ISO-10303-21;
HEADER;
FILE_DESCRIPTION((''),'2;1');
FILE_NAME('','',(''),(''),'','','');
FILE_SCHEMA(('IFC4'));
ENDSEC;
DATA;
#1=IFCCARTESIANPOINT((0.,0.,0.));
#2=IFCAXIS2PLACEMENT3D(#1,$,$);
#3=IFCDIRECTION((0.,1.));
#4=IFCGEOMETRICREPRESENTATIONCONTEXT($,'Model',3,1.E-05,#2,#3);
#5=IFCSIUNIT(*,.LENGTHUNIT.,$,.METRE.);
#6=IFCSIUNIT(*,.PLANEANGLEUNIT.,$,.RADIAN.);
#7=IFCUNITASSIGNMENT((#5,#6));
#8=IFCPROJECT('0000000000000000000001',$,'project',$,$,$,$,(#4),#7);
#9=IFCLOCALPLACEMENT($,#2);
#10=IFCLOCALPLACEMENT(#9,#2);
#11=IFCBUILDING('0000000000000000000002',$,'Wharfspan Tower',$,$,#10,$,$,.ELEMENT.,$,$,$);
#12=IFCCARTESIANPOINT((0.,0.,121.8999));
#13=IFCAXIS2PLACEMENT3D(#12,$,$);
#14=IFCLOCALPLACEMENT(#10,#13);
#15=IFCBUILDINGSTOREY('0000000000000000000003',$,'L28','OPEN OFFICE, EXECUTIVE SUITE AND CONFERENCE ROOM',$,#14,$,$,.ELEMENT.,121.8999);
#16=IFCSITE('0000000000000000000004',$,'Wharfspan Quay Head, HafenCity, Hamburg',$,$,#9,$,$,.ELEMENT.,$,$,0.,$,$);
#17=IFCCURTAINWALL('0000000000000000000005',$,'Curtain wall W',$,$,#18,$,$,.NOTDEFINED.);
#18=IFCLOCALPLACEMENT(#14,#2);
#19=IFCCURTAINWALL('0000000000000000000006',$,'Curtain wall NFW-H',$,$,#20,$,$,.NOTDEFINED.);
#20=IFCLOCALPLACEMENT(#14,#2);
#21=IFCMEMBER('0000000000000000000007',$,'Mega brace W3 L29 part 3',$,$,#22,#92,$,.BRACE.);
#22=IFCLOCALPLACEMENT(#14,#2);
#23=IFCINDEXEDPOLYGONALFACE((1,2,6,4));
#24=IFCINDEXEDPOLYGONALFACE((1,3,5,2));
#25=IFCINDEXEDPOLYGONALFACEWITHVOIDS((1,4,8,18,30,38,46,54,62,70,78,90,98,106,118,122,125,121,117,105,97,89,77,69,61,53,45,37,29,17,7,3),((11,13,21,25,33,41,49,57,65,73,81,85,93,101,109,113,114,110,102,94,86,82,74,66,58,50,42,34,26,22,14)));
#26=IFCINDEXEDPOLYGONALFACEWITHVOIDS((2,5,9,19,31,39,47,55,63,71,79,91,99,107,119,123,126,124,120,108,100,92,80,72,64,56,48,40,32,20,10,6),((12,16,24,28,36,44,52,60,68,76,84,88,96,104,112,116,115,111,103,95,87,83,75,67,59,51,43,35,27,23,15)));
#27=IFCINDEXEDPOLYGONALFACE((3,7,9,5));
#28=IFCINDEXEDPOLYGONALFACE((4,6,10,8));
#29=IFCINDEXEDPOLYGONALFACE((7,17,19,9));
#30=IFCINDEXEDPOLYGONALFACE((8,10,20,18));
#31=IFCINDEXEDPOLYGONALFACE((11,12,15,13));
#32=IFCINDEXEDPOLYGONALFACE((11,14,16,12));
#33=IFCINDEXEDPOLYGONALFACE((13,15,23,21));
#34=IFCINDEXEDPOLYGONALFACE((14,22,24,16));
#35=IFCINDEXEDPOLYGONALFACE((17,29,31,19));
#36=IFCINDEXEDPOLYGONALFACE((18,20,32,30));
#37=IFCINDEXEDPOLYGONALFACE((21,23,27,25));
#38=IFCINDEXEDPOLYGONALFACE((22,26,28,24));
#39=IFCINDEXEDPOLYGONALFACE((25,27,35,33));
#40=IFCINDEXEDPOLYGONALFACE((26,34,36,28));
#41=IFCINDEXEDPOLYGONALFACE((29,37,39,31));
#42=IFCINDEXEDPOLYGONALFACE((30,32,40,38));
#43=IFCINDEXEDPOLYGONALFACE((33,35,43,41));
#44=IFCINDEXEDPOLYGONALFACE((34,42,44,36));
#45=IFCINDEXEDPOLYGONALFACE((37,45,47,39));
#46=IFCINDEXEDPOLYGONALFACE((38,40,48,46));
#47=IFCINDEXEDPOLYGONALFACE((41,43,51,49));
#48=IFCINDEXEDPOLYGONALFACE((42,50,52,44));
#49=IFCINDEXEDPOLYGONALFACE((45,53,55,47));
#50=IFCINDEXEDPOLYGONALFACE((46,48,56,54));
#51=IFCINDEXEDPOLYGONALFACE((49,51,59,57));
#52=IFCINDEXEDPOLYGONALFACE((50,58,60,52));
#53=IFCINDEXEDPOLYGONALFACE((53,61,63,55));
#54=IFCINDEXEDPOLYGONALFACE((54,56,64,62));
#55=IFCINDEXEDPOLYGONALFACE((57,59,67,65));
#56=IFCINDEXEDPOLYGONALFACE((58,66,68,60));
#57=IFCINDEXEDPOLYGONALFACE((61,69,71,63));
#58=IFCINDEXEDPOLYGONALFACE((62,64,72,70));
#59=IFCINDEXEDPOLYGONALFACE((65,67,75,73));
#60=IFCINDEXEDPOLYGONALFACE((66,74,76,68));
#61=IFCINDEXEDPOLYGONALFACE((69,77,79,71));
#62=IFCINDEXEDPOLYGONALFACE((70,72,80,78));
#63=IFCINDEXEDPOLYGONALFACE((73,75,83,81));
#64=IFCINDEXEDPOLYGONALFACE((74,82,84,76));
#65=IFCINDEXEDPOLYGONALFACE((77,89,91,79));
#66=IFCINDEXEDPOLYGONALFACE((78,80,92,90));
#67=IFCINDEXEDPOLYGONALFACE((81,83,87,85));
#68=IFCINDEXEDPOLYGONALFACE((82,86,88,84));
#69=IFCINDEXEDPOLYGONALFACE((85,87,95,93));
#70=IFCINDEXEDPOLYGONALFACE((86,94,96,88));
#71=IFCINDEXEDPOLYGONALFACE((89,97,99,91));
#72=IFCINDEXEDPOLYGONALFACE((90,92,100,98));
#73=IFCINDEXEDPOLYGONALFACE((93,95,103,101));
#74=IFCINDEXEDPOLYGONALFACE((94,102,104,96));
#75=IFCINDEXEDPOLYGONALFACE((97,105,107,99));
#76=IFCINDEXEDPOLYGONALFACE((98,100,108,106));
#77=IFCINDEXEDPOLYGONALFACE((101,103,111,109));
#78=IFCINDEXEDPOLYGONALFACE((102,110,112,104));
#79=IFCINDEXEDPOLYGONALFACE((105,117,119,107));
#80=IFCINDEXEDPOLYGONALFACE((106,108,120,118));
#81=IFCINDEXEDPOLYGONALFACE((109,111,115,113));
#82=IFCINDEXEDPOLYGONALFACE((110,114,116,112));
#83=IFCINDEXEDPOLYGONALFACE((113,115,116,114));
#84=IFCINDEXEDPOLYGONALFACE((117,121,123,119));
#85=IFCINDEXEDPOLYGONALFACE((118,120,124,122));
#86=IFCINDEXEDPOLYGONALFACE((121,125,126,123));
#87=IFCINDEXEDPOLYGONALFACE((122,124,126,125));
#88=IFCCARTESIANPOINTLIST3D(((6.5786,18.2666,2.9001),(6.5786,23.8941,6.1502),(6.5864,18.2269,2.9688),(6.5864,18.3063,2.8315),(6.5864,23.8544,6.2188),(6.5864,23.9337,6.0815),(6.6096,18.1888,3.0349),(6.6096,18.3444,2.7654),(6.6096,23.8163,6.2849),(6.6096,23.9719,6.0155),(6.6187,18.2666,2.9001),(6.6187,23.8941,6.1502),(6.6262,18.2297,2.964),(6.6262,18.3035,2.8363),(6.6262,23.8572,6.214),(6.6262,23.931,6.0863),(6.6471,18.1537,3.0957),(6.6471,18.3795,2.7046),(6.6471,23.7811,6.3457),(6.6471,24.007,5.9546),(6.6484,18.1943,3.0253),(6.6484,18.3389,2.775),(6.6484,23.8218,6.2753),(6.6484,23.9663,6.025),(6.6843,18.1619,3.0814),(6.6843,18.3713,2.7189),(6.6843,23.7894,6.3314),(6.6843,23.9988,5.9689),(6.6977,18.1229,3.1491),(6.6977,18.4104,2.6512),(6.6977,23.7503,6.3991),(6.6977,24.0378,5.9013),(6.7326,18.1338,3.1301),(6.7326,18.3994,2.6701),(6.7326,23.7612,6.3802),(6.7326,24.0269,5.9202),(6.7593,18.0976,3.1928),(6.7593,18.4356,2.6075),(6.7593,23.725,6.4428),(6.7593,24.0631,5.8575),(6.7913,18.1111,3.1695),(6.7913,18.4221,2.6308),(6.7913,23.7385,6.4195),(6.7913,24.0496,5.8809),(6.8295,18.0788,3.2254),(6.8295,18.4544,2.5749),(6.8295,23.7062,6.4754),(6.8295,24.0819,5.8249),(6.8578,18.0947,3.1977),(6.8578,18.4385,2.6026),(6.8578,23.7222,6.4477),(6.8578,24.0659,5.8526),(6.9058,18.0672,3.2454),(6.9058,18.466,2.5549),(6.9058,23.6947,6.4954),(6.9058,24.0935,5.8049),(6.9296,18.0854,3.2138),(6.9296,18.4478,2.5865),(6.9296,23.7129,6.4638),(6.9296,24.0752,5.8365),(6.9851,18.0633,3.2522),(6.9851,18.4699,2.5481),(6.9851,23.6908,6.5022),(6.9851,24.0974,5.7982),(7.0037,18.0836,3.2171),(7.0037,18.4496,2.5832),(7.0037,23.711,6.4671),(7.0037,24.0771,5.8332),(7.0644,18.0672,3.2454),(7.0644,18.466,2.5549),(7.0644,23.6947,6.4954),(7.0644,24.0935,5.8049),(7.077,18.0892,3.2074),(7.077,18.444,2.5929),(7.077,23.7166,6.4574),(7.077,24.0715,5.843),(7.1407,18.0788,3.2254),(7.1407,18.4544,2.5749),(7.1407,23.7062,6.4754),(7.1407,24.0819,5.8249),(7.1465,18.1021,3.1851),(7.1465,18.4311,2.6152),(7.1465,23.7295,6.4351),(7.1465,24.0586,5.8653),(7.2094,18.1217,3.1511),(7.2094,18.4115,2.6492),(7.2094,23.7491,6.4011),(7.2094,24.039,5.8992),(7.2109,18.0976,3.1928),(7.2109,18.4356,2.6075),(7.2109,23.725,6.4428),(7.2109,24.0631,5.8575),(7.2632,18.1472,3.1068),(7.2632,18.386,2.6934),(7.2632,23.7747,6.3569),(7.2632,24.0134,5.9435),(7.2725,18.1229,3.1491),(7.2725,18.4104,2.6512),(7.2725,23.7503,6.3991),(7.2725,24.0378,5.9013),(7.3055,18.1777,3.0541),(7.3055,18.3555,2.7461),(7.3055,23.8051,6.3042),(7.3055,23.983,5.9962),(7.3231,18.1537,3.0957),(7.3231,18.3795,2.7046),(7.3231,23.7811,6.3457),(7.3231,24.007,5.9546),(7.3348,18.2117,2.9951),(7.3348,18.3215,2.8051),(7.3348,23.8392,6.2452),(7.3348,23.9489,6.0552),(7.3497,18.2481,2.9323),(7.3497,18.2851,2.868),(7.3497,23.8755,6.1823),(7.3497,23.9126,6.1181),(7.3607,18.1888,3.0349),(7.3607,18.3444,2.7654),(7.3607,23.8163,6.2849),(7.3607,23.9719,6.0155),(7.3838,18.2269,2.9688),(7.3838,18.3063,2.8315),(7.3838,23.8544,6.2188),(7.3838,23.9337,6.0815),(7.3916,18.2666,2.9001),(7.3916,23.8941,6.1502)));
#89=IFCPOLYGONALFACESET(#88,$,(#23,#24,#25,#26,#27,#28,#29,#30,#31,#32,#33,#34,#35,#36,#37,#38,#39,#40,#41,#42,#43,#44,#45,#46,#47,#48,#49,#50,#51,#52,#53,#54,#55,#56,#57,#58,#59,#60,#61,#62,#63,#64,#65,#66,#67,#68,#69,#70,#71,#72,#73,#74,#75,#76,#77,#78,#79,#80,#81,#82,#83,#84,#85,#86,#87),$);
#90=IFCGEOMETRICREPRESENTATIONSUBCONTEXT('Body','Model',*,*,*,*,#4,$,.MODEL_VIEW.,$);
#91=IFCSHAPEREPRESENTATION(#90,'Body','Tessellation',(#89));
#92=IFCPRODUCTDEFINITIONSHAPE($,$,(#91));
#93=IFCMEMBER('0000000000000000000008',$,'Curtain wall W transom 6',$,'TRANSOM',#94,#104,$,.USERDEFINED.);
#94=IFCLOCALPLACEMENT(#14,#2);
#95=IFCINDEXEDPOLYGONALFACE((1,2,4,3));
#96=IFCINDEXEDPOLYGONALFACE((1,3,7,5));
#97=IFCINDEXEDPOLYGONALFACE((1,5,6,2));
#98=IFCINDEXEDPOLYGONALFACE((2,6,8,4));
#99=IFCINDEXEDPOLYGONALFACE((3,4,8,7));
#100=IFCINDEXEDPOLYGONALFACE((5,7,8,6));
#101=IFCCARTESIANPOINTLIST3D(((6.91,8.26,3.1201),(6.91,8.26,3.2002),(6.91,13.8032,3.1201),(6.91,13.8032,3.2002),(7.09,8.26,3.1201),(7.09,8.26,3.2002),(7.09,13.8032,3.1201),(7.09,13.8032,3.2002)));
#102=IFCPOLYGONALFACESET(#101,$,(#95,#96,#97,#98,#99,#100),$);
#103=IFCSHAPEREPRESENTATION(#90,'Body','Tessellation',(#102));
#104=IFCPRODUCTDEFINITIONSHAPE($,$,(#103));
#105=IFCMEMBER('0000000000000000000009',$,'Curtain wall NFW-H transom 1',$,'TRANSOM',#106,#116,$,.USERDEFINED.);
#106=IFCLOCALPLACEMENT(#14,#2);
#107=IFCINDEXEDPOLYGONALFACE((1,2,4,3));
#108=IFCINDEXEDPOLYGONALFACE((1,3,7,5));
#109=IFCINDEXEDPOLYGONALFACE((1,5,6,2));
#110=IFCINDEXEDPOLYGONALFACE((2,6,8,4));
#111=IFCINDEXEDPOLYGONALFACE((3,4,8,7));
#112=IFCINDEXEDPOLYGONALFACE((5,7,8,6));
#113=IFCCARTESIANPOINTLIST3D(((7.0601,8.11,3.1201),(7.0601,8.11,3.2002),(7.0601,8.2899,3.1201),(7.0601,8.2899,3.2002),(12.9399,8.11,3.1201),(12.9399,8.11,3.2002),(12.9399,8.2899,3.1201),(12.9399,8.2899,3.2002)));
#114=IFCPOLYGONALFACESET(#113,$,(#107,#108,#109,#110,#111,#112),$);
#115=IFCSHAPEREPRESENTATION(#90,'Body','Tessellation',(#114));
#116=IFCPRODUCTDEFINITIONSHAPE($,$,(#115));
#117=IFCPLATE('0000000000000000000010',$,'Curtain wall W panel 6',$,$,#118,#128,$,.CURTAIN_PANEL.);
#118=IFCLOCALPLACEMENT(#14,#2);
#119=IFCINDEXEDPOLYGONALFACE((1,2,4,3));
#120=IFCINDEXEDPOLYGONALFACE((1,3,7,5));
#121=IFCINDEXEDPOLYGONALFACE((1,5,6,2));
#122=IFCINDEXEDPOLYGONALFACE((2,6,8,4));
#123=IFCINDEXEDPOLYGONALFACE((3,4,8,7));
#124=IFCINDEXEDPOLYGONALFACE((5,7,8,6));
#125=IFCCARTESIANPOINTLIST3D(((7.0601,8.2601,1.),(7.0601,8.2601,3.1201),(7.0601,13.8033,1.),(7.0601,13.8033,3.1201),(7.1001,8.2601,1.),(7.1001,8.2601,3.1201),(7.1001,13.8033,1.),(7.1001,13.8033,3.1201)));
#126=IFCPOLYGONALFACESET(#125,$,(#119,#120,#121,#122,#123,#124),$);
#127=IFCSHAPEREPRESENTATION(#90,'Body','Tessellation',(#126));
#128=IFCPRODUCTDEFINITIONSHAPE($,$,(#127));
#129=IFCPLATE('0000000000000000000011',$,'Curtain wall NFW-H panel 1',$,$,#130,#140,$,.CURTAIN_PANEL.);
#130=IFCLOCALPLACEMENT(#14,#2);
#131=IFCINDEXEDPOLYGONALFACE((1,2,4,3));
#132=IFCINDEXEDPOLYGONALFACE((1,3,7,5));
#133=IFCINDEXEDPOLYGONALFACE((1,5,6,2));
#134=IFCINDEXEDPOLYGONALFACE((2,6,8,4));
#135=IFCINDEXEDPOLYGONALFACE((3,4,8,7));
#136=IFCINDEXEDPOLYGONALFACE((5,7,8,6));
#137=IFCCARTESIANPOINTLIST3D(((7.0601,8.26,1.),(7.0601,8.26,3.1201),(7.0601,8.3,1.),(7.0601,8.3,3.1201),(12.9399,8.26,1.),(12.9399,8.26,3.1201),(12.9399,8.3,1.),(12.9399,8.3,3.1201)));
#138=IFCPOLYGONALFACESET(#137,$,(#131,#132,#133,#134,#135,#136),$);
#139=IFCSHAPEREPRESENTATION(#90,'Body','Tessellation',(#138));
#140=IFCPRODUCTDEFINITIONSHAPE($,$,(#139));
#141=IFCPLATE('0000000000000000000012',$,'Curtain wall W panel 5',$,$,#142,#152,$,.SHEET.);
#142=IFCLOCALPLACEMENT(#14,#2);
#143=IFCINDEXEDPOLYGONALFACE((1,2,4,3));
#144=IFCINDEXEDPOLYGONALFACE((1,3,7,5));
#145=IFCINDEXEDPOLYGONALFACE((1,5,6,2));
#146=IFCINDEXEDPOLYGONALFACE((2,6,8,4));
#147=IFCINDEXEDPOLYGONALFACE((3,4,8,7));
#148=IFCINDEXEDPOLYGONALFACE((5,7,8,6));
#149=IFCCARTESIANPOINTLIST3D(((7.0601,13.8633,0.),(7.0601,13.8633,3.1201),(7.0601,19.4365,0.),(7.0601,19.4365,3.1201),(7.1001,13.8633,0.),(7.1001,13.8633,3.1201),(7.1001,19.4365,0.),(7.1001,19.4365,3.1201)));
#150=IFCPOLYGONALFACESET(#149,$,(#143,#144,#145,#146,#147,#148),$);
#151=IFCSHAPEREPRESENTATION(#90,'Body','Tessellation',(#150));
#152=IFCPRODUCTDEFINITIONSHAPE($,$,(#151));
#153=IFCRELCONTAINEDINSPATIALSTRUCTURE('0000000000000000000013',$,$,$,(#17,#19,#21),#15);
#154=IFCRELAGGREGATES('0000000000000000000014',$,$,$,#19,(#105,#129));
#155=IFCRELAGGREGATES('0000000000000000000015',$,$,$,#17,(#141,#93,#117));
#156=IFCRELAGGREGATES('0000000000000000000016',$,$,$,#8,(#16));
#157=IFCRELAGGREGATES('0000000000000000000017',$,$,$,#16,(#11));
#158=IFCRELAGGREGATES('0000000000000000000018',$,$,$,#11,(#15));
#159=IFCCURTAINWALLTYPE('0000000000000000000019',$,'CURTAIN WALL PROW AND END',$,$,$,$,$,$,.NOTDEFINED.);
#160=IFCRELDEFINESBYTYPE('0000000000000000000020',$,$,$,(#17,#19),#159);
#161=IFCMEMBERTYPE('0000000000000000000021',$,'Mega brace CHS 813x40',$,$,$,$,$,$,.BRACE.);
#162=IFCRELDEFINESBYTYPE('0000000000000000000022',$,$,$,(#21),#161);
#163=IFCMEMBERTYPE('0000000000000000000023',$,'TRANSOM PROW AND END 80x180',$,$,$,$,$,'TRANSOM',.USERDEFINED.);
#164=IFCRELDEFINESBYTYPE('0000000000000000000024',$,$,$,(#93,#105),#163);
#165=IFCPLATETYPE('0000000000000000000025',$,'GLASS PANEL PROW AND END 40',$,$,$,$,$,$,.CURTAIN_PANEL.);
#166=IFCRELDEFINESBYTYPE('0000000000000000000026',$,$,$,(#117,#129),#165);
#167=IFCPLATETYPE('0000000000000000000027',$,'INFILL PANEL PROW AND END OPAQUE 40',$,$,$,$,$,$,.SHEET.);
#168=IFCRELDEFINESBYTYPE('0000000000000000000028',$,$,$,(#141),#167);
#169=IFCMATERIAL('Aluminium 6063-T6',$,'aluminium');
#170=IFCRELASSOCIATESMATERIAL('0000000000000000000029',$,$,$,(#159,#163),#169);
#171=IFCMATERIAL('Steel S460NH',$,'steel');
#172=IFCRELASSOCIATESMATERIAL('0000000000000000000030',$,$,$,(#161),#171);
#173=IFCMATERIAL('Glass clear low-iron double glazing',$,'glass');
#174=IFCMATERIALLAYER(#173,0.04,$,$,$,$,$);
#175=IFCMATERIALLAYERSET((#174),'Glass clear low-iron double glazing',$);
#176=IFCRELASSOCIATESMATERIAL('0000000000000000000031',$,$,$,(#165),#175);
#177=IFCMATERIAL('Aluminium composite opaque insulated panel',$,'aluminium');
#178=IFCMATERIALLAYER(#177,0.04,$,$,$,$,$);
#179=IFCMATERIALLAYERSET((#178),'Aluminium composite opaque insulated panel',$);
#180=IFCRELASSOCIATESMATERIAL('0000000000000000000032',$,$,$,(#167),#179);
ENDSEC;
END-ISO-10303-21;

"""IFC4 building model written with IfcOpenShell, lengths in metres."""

from ifc_helpers import new_model, si_unit, direction, frame, origin, origin_2d, place, context, subcontext, project, spatial, rectangle, hollow_circle, extrude, material, layer, layer_set, material_profile, profile_set, type_object, element, aggregate, save


model = new_model("IFC4")

# Units and contexts
model_context = context("Model", 3, precision=1e-05, world=origin(), true_north=direction((0.0, 1.0)))
body_context = subcontext(model_context, "Body", "Model", "MODEL_VIEW")
ifc_project = project(units=[si_unit("LENGTHUNIT", "METRE"), si_unit("PLANEANGLEUNIT", "RADIAN")], contexts=[model_context])

# Site, building, storey
site_placement = place(None, origin())
site = spatial("IfcSite", under=ifc_project, at=site_placement, Name="Wharfspan Quay Head, HafenCity, Hamburg", CompositionType="ELEMENT", RefElevation=0.0)
building_placement = place(site_placement, origin())
building = spatial("IfcBuilding", under=site, at=building_placement, Name="Wharfspan Tower", CompositionType="ELEMENT")
storey_placement = place(building_placement, frame((0.0, 0.0, 121.8999)))
storey = spatial("IfcBuildingStorey", under=building, at=storey_placement, Name="L28", Description="OPEN OFFICE, EXECUTIVE SUITE AND CONFERENCE ROOM", CompositionType="ELEMENT", Elevation=121.8999)

# Curtain wall
ifc_material_1 = material(Name="Aluminium 6063-T6", Category="aluminium")
curtain_wall_type = type_object("IfcCurtainWallType", Name="CURTAIN WALL PROW AND END", PredefinedType="NOTDEFINED", material=ifc_material_1)
curtain_wall_1_placement = place(storey_placement, origin())
curtain_wall_1 = element("IfcCurtainWall", 1, at=curtain_wall_1_placement, inside=storey, type_object=curtain_wall_type, Name="Curtain wall W", PredefinedType="NOTDEFINED")

# Curtain wall
curtain_wall_2_placement = place(storey_placement, origin())
curtain_wall_2 = element("IfcCurtainWall", 2, at=curtain_wall_2_placement, inside=storey, type_object=curtain_wall_type, Name="Curtain wall NFW-H", PredefinedType="NOTDEFINED")

# Members
ifc_material_2 = material(Name="Steel S460NH", Category="steel")
ifc_material_profile_1 = material_profile(ifc_material_2, hollow_circle(Radius=0.4065, WallThickness=0.04, at=origin_2d()))
ifc_profile_set_1 = profile_set([ifc_material_profile_1], Name="Steel S460NH")
member_type_1 = type_object("IfcMemberType", Name="Mega brace CHS 813x40", PredefinedType="BRACE", material=ifc_profile_set_1)
member_1_placement = place(storey_placement, frame((6.9851, 18.2666, 2.9001), z_axis=(0.0, 0.865959, 0.500115), x_axis=(-1.0, 0.0, 0.0)))
element("IfcMember", 3, at=member_1_placement, inside=storey, type_object=member_type_1, Name="Mega brace W3 L29 part 3", PredefinedType="BRACE", context=body_context, shape_type="SweptSolid", body=[
    extrude(hollow_circle(Radius=0.4065, WallThickness=0.04, at=origin_2d()), origin(), (0.0, 0.0, 1.0), 6.4985),
])
ifc_material_profile_2 = material_profile(ifc_material_1, rectangle(XDim=0.1799, YDim=0.0801, at=origin_2d()))
ifc_profile_set_2 = profile_set([ifc_material_profile_2], Name="Aluminium 6063-T6")
member_type_2 = type_object("IfcMemberType", Name="TRANSOM PROW AND END 80x180", ElementType="TRANSOM", PredefinedType="USERDEFINED", material=ifc_profile_set_2)
member_2_placement = place(storey_placement, frame((7.0, 13.8032, 3.1602), z_axis=(0.0, -1.0, 0.0), x_axis=(1.0, 0.0, 0.0)))
member_2 = element("IfcMember", 4, at=member_2_placement, type_object=member_type_2, Name="Curtain wall W transom 6", ObjectType="TRANSOM", PredefinedType="USERDEFINED", context=body_context, shape_type="SweptSolid", body=[
    extrude(rectangle(XDim=0.1799, YDim=0.0801, at=origin_2d()), origin(), (0.0, 0.0, 1.0), 5.5432),
])
member_3_placement = place(storey_placement, frame((7.0601, 8.2, 3.1602), z_axis=(1.0, 0.0, 0.0), x_axis=(0.0, 1.0, 0.0)))
member_3 = element("IfcMember", 5, at=member_3_placement, type_object=member_type_2, Name="Curtain wall NFW-H transom 1", ObjectType="TRANSOM", PredefinedType="USERDEFINED", context=body_context, shape_type="SweptSolid", body=[
    extrude(rectangle(XDim=0.1799, YDim=0.0801, at=origin_2d()), origin(), (0.0, 0.0, 1.0), 5.8799),
])

# Plates
ifc_material_3 = material(Name="Glass clear low-iron double glazing", Category="glass")
ifc_layer_1 = layer(ifc_material_3, 0.04)
ifc_layer_set_1 = layer_set([ifc_layer_1], Name="Glass clear low-iron double glazing")
plate_type_1 = type_object("IfcPlateType", Name="GLASS PANEL PROW AND END 40", PredefinedType="CURTAIN_PANEL", material=ifc_layer_set_1)
plate_1_placement = place(storey_placement, frame((7.0801, 11.0317, 1.0), z_axis=(0.0, 0.0, 1.0), x_axis=(0.0, -1.0, 0.0)))
plate_1 = element("IfcPlate", 6, at=plate_1_placement, type_object=plate_type_1, Name="Curtain wall W panel 6", PredefinedType="CURTAIN_PANEL", context=body_context, shape_type="SweptSolid", body=[
    extrude(rectangle(XDim=5.5432, YDim=0.04, at=origin_2d()), origin(), (0.0, 0.0, 1.0), 2.1201),
])
plate_2_placement = place(storey_placement, frame((10.0, 8.28, 1.0), z_axis=(0.0, 0.0, 1.0), x_axis=(1.0, 0.0, 0.0)))
plate_2 = element("IfcPlate", 7, at=plate_2_placement, type_object=plate_type_1, Name="Curtain wall NFW-H panel 1", PredefinedType="CURTAIN_PANEL", context=body_context, shape_type="SweptSolid", body=[
    extrude(rectangle(XDim=5.8799, YDim=0.04, at=origin_2d()), origin(), (0.0, 0.0, 1.0), 2.1201),
])
aggregate(curtain_wall_2, [member_3, plate_2])
ifc_material_4 = material(Name="Aluminium composite opaque insulated panel", Category="aluminium")
ifc_layer_2 = layer(ifc_material_4, 0.04)
ifc_layer_set_2 = layer_set([ifc_layer_2], Name="Aluminium composite opaque insulated panel")
plate_type_2 = type_object("IfcPlateType", Name="INFILL PANEL PROW AND END OPAQUE 40", PredefinedType="SHEET", material=ifc_layer_set_2)
plate_3_placement = place(storey_placement, frame((7.0801, 16.6499, 0.0), z_axis=(0.0, 0.0, 1.0), x_axis=(0.0, -1.0, 0.0)))
plate_3 = element("IfcPlate", 8, at=plate_3_placement, type_object=plate_type_2, Name="Curtain wall W panel 5", PredefinedType="SHEET", context=body_context, shape_type="SweptSolid", body=[
    extrude(rectangle(XDim=5.5732, YDim=0.04, at=origin_2d()), origin(), (0.0, 0.0, 1.0), 3.1201),
])
aggregate(curtain_wall_1, [plate_3, member_2, plate_1])

save(model, "model.ifc")
